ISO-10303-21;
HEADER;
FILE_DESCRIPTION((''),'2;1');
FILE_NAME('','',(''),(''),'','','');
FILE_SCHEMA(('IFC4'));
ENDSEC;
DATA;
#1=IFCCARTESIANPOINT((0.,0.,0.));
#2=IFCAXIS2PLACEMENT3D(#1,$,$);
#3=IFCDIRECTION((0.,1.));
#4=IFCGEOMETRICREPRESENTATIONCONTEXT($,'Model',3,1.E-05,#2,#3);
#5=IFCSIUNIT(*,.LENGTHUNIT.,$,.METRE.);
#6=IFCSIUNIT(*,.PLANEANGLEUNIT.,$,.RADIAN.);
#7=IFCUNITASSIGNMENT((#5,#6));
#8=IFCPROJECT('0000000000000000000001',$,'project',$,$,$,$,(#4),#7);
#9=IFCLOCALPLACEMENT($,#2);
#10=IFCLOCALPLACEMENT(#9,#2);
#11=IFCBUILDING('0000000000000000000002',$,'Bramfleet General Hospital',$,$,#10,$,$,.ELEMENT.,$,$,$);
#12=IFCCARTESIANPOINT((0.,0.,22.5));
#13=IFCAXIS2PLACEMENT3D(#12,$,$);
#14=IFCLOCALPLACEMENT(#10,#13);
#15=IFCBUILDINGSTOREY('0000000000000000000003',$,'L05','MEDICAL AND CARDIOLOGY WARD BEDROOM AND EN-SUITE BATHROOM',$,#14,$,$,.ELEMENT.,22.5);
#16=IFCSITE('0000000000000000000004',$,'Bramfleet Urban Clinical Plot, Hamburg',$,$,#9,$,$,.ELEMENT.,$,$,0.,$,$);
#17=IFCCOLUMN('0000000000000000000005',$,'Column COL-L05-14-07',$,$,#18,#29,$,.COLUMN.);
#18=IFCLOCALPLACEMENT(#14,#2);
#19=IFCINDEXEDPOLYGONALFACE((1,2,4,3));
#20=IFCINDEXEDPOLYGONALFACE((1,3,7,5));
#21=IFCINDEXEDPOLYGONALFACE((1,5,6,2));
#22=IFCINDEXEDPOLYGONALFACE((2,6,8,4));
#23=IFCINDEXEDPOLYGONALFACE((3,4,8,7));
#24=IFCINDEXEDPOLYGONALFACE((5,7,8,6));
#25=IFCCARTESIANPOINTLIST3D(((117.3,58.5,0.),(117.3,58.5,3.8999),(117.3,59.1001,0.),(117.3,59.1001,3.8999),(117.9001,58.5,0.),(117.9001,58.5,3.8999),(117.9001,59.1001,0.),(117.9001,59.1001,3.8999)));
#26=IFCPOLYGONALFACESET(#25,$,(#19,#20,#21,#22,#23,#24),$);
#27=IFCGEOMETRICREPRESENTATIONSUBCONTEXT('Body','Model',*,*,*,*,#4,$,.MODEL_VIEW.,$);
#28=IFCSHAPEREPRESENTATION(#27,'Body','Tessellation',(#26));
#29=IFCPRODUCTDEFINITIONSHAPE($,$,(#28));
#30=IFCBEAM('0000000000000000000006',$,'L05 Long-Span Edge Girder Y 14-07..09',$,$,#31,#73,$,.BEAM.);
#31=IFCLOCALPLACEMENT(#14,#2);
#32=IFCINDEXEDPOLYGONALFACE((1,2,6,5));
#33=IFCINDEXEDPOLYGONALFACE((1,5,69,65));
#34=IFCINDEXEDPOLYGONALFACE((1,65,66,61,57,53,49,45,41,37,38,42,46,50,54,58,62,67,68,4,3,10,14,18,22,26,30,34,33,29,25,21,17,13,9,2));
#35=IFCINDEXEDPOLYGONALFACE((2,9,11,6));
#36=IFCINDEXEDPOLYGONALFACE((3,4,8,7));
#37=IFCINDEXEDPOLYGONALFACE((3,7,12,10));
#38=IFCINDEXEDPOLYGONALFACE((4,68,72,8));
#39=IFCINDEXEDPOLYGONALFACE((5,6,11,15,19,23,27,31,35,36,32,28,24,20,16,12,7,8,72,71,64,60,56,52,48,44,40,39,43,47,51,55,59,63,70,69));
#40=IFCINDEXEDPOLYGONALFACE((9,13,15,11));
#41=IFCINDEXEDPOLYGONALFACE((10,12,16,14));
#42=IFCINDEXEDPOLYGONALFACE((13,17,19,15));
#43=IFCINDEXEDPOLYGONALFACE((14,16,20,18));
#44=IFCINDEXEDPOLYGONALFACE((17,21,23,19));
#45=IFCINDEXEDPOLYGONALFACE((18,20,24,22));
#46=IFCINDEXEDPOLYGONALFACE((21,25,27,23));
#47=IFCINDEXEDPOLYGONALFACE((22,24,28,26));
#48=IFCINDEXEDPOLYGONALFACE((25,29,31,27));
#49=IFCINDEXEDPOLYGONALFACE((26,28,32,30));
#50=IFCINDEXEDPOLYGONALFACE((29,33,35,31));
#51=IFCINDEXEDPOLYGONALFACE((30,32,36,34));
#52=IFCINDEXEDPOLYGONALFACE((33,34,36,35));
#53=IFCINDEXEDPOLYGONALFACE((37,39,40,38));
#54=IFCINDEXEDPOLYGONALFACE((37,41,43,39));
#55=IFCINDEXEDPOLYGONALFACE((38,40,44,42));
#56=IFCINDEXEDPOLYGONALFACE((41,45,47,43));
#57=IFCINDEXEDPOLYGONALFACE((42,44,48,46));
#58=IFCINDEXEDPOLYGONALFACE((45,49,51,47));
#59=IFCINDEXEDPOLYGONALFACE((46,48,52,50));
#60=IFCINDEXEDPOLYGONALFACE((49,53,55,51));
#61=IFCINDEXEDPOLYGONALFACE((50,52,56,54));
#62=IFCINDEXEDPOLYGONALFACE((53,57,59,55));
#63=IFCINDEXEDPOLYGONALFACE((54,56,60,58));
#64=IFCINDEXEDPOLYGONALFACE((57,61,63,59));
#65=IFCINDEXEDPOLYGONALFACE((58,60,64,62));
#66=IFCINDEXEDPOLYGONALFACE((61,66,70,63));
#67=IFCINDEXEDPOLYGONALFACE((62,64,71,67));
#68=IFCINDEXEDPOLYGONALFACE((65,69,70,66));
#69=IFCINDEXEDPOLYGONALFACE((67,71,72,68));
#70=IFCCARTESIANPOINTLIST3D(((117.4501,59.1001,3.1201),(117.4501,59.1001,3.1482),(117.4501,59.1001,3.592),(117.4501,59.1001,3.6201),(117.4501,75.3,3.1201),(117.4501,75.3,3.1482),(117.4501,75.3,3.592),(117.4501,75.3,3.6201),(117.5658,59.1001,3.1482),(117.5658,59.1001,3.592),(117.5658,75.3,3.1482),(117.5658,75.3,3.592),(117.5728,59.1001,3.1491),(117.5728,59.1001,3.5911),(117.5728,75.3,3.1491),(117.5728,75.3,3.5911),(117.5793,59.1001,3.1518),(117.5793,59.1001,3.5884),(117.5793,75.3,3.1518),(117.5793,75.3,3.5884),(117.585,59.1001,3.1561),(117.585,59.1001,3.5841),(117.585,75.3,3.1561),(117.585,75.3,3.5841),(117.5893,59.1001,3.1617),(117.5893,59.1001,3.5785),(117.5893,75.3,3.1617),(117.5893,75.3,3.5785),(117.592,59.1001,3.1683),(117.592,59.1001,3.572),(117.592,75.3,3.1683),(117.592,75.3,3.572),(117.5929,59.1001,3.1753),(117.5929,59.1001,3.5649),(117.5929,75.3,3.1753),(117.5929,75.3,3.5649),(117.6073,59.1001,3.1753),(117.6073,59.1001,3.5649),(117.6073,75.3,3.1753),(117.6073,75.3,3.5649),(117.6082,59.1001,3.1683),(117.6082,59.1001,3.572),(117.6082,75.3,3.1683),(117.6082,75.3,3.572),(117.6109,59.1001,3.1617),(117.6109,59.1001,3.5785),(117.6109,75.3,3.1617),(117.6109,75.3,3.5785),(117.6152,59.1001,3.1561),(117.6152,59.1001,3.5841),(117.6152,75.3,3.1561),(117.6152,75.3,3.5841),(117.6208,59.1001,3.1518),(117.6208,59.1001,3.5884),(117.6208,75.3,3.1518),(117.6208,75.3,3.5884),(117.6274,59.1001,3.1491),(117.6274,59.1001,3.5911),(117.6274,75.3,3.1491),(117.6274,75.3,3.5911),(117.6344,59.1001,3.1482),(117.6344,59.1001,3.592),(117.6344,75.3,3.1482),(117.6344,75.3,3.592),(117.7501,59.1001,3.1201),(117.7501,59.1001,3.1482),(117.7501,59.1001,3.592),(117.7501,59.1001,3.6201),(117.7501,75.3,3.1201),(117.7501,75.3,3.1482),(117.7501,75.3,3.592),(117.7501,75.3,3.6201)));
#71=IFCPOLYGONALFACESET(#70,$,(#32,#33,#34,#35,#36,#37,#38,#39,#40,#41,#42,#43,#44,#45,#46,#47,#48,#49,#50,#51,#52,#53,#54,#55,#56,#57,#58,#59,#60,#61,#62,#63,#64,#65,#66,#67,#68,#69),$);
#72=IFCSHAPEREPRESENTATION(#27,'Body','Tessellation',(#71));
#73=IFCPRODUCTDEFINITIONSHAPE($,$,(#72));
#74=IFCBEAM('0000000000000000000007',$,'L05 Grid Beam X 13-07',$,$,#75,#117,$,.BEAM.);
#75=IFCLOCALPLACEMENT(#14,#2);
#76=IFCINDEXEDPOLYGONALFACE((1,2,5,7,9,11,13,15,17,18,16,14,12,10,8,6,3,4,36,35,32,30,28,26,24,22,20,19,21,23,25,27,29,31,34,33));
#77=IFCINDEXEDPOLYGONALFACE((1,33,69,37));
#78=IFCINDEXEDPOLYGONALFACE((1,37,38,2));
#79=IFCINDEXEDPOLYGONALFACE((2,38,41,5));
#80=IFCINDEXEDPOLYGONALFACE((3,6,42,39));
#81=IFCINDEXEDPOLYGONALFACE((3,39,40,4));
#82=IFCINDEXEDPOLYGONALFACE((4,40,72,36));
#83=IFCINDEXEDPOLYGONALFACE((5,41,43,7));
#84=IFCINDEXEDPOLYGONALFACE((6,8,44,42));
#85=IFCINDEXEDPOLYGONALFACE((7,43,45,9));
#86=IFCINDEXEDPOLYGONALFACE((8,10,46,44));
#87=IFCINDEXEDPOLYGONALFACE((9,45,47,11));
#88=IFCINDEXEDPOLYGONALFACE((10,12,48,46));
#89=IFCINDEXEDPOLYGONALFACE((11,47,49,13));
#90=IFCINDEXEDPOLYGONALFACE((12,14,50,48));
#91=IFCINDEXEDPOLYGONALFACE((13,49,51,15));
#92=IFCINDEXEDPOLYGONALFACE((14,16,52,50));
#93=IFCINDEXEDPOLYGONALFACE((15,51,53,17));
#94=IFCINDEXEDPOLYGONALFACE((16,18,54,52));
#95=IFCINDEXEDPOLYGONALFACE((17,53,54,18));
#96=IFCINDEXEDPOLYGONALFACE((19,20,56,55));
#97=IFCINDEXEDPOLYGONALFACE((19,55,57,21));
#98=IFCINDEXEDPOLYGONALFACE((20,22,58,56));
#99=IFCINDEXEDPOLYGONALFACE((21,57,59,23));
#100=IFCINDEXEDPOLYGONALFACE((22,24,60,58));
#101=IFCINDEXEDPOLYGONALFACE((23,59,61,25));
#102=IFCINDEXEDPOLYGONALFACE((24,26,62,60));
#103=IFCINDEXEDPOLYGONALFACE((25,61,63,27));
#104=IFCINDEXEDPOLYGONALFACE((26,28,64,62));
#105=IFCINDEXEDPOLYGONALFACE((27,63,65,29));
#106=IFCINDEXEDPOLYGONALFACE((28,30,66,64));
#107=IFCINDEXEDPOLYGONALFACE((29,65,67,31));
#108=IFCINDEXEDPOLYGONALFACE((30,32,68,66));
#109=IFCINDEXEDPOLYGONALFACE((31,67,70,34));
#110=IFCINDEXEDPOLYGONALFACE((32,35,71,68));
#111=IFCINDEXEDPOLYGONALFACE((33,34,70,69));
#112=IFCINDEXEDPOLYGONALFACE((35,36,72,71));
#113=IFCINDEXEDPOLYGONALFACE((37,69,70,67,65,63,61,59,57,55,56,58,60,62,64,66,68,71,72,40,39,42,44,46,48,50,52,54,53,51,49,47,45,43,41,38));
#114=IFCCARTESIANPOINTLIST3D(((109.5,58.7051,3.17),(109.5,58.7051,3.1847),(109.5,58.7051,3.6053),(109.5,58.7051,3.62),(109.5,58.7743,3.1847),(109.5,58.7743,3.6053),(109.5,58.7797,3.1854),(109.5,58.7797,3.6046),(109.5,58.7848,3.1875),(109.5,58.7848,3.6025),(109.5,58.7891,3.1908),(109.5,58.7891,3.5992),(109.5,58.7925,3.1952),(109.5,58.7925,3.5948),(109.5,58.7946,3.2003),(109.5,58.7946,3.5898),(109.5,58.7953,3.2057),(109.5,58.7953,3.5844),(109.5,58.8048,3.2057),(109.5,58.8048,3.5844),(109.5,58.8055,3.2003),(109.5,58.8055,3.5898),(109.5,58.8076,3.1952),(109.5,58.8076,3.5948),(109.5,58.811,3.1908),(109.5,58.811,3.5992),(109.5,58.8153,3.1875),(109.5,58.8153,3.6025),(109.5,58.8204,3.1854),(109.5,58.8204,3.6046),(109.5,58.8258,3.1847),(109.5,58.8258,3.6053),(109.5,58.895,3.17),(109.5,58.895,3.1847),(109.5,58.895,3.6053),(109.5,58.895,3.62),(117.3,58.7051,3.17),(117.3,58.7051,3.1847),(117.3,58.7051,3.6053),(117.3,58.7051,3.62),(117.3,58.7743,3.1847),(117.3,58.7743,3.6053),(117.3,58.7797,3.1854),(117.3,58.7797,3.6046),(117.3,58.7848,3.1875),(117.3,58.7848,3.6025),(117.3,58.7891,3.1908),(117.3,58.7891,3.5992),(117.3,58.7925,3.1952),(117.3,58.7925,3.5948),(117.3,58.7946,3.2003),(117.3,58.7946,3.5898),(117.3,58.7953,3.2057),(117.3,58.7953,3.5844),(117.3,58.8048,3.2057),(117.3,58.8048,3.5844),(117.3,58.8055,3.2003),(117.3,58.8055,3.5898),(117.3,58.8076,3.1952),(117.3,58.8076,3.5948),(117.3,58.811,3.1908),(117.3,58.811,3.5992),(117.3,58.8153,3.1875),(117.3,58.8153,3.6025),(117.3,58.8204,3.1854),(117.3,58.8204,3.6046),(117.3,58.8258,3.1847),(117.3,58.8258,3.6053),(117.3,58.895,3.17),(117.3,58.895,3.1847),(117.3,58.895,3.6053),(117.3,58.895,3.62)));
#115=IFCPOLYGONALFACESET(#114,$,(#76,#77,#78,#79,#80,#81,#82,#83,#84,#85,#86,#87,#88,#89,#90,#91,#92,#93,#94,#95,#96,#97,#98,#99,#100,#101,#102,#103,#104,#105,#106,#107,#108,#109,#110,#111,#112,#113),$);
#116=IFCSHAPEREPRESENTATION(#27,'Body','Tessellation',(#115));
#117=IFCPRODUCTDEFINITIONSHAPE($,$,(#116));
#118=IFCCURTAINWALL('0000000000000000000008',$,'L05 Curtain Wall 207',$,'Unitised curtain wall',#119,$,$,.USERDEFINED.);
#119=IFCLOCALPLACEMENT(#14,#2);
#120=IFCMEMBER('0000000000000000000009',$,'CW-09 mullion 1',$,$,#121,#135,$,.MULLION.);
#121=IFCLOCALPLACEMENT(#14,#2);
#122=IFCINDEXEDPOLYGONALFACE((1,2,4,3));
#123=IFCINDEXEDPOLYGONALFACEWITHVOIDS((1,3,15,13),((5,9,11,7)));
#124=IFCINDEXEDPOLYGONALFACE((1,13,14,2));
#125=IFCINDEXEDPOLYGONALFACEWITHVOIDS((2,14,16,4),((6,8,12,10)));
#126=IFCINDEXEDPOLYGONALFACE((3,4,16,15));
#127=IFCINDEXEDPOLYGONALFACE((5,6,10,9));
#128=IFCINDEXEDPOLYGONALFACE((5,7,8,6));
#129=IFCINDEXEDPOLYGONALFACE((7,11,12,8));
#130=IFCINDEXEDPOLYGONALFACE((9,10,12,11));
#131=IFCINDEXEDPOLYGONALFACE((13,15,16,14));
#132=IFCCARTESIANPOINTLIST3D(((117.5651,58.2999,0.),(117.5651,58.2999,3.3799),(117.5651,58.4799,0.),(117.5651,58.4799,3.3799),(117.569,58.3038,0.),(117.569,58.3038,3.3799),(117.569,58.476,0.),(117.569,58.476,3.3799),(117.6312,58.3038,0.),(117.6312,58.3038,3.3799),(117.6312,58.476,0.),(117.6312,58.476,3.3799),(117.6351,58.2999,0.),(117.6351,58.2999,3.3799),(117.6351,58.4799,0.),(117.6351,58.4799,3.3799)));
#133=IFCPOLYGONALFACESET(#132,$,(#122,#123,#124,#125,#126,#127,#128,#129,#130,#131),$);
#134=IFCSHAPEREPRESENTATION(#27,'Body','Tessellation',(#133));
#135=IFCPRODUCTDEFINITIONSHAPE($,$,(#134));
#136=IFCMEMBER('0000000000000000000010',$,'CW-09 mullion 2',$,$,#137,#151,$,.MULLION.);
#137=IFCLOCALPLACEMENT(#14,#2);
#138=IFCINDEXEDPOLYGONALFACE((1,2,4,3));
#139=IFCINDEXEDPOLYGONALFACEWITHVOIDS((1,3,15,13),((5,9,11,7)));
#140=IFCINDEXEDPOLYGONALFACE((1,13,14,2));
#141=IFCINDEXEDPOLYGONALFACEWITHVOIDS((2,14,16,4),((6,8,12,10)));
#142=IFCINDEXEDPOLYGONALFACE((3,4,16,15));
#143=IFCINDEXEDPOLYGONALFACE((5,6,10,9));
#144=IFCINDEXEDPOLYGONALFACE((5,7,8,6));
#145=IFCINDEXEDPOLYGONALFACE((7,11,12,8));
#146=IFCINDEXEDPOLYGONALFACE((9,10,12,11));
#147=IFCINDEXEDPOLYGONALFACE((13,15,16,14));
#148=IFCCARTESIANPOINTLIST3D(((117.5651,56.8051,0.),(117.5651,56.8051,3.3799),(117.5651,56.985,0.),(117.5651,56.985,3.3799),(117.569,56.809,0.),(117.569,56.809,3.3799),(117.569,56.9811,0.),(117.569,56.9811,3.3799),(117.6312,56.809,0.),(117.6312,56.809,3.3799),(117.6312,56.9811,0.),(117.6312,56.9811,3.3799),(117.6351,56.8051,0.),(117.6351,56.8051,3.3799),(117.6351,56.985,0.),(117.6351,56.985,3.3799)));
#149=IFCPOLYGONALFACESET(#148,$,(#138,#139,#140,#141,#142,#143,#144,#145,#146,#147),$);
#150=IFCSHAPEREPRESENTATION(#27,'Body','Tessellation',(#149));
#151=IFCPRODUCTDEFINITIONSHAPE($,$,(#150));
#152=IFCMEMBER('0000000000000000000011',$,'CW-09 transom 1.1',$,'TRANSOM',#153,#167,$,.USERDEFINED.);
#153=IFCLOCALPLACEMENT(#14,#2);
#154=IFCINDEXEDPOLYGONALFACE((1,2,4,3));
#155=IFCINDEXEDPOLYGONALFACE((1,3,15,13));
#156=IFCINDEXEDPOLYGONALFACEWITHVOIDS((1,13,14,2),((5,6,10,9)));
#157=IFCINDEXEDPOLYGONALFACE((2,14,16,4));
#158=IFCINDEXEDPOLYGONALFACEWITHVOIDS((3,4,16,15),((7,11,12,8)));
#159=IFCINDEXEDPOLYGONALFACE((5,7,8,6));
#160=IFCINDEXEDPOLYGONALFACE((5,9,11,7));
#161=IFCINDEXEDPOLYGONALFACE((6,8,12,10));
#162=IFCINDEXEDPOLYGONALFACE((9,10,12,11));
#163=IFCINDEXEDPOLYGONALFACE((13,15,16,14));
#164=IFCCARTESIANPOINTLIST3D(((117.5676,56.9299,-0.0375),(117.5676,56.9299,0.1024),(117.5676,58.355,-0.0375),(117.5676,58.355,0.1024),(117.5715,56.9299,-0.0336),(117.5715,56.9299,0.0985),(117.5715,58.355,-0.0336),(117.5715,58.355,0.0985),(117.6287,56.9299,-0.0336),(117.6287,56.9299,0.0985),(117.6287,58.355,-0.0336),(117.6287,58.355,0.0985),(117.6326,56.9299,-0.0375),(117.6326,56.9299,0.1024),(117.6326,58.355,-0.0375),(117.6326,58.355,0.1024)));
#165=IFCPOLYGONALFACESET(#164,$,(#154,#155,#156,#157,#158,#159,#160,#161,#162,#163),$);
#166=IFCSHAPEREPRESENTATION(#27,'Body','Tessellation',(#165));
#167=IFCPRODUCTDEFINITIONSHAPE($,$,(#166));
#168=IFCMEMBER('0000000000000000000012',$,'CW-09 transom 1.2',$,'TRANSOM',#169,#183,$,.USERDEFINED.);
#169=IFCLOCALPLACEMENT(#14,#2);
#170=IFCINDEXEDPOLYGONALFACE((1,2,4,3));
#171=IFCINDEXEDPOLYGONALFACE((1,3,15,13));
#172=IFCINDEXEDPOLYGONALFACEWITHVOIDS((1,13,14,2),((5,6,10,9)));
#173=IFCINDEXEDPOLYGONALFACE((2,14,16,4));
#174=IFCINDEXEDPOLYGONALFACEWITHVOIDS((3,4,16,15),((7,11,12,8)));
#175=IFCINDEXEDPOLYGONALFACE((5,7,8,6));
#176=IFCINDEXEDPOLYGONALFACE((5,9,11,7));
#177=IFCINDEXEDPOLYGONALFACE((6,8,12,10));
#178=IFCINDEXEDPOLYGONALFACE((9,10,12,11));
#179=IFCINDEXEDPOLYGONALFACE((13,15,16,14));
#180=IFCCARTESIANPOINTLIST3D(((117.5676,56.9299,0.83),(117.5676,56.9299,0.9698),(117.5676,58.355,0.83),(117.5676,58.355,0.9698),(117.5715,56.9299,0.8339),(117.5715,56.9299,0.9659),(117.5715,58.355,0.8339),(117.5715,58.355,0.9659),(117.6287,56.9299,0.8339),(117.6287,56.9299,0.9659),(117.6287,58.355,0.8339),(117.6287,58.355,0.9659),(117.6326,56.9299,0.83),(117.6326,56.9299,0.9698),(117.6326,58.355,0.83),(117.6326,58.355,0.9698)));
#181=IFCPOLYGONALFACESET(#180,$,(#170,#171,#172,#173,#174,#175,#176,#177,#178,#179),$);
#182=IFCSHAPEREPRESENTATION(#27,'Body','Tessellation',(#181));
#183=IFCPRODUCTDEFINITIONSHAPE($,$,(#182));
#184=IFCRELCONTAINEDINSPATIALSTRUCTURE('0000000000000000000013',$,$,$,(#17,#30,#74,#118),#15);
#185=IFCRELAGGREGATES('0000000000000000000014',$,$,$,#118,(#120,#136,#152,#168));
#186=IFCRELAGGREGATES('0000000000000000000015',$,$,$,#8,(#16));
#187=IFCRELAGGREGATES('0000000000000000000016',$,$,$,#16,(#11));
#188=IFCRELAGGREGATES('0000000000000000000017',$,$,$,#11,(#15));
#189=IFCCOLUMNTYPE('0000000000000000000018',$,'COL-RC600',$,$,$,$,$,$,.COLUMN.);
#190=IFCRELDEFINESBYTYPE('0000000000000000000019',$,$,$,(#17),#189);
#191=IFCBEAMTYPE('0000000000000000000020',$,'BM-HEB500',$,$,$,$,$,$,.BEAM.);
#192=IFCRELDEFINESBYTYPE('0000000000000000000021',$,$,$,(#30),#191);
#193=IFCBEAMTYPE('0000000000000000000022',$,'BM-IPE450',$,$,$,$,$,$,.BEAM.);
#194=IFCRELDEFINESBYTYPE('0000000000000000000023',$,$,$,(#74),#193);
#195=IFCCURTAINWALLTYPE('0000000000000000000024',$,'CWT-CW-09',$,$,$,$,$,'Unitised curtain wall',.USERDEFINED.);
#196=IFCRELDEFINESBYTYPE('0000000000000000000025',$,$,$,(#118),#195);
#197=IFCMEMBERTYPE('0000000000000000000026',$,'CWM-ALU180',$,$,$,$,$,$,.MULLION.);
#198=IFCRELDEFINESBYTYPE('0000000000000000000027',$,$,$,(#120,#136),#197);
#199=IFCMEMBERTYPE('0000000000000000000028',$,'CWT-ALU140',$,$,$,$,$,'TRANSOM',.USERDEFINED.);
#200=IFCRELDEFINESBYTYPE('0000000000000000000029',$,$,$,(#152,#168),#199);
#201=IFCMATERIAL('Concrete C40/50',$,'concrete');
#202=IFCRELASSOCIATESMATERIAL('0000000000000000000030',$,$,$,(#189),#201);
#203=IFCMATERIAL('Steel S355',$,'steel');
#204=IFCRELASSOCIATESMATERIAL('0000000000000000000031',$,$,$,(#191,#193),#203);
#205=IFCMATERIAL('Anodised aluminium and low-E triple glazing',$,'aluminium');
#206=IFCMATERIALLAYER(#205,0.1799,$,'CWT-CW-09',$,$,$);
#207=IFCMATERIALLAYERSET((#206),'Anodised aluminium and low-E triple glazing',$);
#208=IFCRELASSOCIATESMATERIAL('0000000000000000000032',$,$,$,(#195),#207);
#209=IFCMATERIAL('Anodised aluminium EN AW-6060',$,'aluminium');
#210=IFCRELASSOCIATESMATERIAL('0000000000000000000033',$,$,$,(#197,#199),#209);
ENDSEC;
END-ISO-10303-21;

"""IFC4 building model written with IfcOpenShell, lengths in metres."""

from ifc_helpers import new_model, si_unit, direction, frame, origin, origin_2d, place, context, subcontext, project, spatial, rectangle, hollow_rectangle, i_section, extrude, material, layer, layer_set, material_profile, profile_set, type_object, element, aggregate, save


model = new_model("IFC4")

# Units and contexts
model_context = context("Model", 3, precision=1e-05, world=origin(), true_north=direction((0.0, 1.0)))
body_context = subcontext(model_context, "Body", "Model", "MODEL_VIEW")
ifc_project = project(units=[si_unit("LENGTHUNIT", "METRE"), si_unit("PLANEANGLEUNIT", "RADIAN")], contexts=[model_context])

# Site, building, storey
site_placement = place(None, origin())
site = spatial("IfcSite", under=ifc_project, at=site_placement, Name="Bramfleet Urban Clinical Plot, Hamburg", CompositionType="ELEMENT", RefElevation=0.0)
building_placement = place(site_placement, origin())
building = spatial("IfcBuilding", under=site, at=building_placement, Name="Bramfleet General Hospital", CompositionType="ELEMENT")
storey_placement = place(building_placement, frame((0.0, 0.0, 22.5)))
storey = spatial("IfcBuildingStorey", under=building, at=storey_placement, Name="L05", Description="MEDICAL AND CARDIOLOGY WARD BEDROOM AND EN-SUITE BATHROOM", CompositionType="ELEMENT", Elevation=22.5)

# Column
ifc_material_1 = material(Name="Concrete C40/50", Category="concrete")
ifc_material_profile_1 = material_profile(ifc_material_1, rectangle(XDim=0.6001, YDim=0.6001, at=origin_2d()), Name="RC COL 600x600")
ifc_profile_set_1 = profile_set([ifc_material_profile_1], Name="Concrete C40/50")
column_type = type_object("IfcColumnType", Name="COL-RC600", PredefinedType="COLUMN", material=ifc_profile_set_1)
column_placement = place(storey_placement, frame((117.6001, 58.8, 0.0), z_axis=(0.0, 0.0, 1.0), x_axis=(1.0, 0.0, 0.0)))
element("IfcColumn", 1, at=column_placement, inside=storey, type_object=column_type, Name="Column COL-L05-14-07", PredefinedType="COLUMN", context=body_context, shape_type="SweptSolid", body=[
    extrude(rectangle(XDim=0.6001, YDim=0.6001, at=origin_2d()), origin(), (0.0, 0.0, 1.0), 3.8999),
])

# Beams
ifc_material_2 = material(Name="Steel S355", Category="steel")
ifc_material_profile_2 = material_profile(ifc_material_2, i_section(OverallWidth=0.3, OverallDepth=0.5, WebThickness=0.0144, FlangeThickness=0.0281, FilletRadius=0.0271, at=origin_2d()), Name="HEB 500")
ifc_profile_set_2 = profile_set([ifc_material_profile_2], Name="Steel S355")
beam_type_1 = type_object("IfcBeamType", Name="BM-HEB500", PredefinedType="BEAM", material=ifc_profile_set_2)
beam_1_placement = place(storey_placement, frame((117.6001, 59.1001, 3.3701), z_axis=(0.0, 1.0, 0.0), x_axis=(-1.0, 0.0, 0.0)))
element("IfcBeam", 2, at=beam_1_placement, inside=storey, type_object=beam_type_1, Name="L05 Long-Span Edge Girder Y 14-07..09", PredefinedType="BEAM", context=body_context, shape_type="SweptSolid", body=[
    extrude(i_section(OverallWidth=0.3, OverallDepth=0.5, WebThickness=0.0144, FlangeThickness=0.0281, FilletRadius=0.0271, at=origin_2d()), origin(), (0.0, 0.0, 1.0), 16.2),
])
ifc_material_profile_3 = material_profile(ifc_material_2, i_section(OverallWidth=0.1899, OverallDepth=0.45, WebThickness=0.0095, FlangeThickness=0.0146, FilletRadius=0.021, at=origin_2d()), Name="IPE 450")
ifc_profile_set_3 = profile_set([ifc_material_profile_3], Name="Steel S355")
beam_type_2 = type_object("IfcBeamType", Name="BM-IPE450", PredefinedType="BEAM", material=ifc_profile_set_3)
beam_2_placement = place(storey_placement, frame((109.5, 58.8, 3.395), z_axis=(1.0, 0.0, 0.0), x_axis=(0.0, 1.0, 0.0)))
element("IfcBeam", 3, at=beam_2_placement, inside=storey, type_object=beam_type_2, Name="L05 Grid Beam X 13-07", PredefinedType="BEAM", context=body_context, shape_type="SweptSolid", body=[
    extrude(i_section(OverallWidth=0.1899, OverallDepth=0.45, WebThickness=0.0095, FlangeThickness=0.0146, FilletRadius=0.021, at=origin_2d()), origin(), (0.0, 0.0, 1.0), 7.8),
])

# Curtain wall, members
ifc_material_3 = material(Name="Anodised aluminium and low-E triple glazing", Category="aluminium")
ifc_layer_1 = layer(ifc_material_3, 0.1799, Name="CWT-CW-09")
ifc_layer_set_1 = layer_set([ifc_layer_1], Name="Anodised aluminium and low-E triple glazing")
curtain_wall_type = type_object("IfcCurtainWallType", Name="CWT-CW-09", ElementType="Unitised curtain wall", PredefinedType="USERDEFINED", material=ifc_layer_set_1)
curtain_wall_placement = place(storey_placement, origin())
curtain_wall = element("IfcCurtainWall", 4, at=curtain_wall_placement, inside=storey, type_object=curtain_wall_type, Name="L05 Curtain Wall 207", ObjectType="Unitised curtain wall", PredefinedType="USERDEFINED")
ifc_material_4 = material(Name="Anodised aluminium EN AW-6060", Category="aluminium")
ifc_material_profile_4 = material_profile(ifc_material_4, hollow_rectangle(XDim=0.0701, YDim=0.1799, WallThickness=0.0039, at=origin_2d()), Name="ALU 180x70x4.0")
ifc_profile_set_4 = profile_set([ifc_material_profile_4], Name="Anodised aluminium EN AW-6060")
member_type_1 = type_object("IfcMemberType", Name="CWM-ALU180", PredefinedType="MULLION", material=ifc_profile_set_4)
member_1_placement = place(storey_placement, frame((117.6001, 58.3899, 0.0), z_axis=(0.0, 0.0, 1.0), x_axis=(1.0, 0.0, 0.0)))
member_1 = element("IfcMember", 5, at=member_1_placement, type_object=member_type_1, Name="CW-09 mullion 1", PredefinedType="MULLION", context=body_context, shape_type="SweptSolid", body=[
    extrude(hollow_rectangle(XDim=0.0701, YDim=0.1799, WallThickness=0.0039, at=origin_2d()), origin(), (0.0, 0.0, 1.0), 3.3799),
])
member_2_placement = place(storey_placement, frame((117.6001, 56.895, 0.0), z_axis=(0.0, 0.0, 1.0), x_axis=(1.0, 0.0, 0.0)))
member_2 = element("IfcMember", 6, at=member_2_placement, type_object=member_type_1, Name="CW-09 mullion 2", PredefinedType="MULLION", context=body_context, shape_type="SweptSolid", body=[
    extrude(hollow_rectangle(XDim=0.0701, YDim=0.1799, WallThickness=0.0039, at=origin_2d()), origin(), (0.0, 0.0, 1.0), 3.3799),
])
ifc_material_profile_5 = material_profile(ifc_material_4, hollow_rectangle(XDim=0.0649, YDim=0.1399, WallThickness=0.0039, at=origin_2d()), Name="ALU 140x65x4.0")
ifc_profile_set_5 = profile_set([ifc_material_profile_5], Name="Anodised aluminium EN AW-6060")
member_type_2 = type_object("IfcMemberType", Name="CWT-ALU140", ElementType="TRANSOM", PredefinedType="USERDEFINED", material=ifc_profile_set_5)
member_3_placement = place(storey_placement, frame((117.6001, 58.355, 0.0325), z_axis=(0.0, -1.0, 0.0), x_axis=(1.0, 0.0, 0.0)))
member_3 = element("IfcMember", 7, at=member_3_placement, type_object=member_type_2, Name="CW-09 transom 1.1", ObjectType="TRANSOM", PredefinedType="USERDEFINED", context=body_context, shape_type="SweptSolid", body=[
    extrude(hollow_rectangle(XDim=0.0649, YDim=0.1399, WallThickness=0.0039, at=origin_2d()), origin(), (0.0, 0.0, 1.0), 1.425),
])
member_4_placement = place(storey_placement, frame((117.6001, 58.355, 0.8999), z_axis=(0.0, -1.0, 0.0), x_axis=(1.0, 0.0, 0.0)))
member_4 = element("IfcMember", 8, at=member_4_placement, type_object=member_type_2, Name="CW-09 transom 1.2", ObjectType="TRANSOM", PredefinedType="USERDEFINED", context=body_context, shape_type="SweptSolid", body=[
    extrude(hollow_rectangle(XDim=0.0649, YDim=0.1399, WallThickness=0.0039, at=origin_2d()), origin(), (0.0, 0.0, 1.0), 1.425),
])
aggregate(curtain_wall, [member_1, member_2, member_3, member_4])

save(model, "model.ifc")
